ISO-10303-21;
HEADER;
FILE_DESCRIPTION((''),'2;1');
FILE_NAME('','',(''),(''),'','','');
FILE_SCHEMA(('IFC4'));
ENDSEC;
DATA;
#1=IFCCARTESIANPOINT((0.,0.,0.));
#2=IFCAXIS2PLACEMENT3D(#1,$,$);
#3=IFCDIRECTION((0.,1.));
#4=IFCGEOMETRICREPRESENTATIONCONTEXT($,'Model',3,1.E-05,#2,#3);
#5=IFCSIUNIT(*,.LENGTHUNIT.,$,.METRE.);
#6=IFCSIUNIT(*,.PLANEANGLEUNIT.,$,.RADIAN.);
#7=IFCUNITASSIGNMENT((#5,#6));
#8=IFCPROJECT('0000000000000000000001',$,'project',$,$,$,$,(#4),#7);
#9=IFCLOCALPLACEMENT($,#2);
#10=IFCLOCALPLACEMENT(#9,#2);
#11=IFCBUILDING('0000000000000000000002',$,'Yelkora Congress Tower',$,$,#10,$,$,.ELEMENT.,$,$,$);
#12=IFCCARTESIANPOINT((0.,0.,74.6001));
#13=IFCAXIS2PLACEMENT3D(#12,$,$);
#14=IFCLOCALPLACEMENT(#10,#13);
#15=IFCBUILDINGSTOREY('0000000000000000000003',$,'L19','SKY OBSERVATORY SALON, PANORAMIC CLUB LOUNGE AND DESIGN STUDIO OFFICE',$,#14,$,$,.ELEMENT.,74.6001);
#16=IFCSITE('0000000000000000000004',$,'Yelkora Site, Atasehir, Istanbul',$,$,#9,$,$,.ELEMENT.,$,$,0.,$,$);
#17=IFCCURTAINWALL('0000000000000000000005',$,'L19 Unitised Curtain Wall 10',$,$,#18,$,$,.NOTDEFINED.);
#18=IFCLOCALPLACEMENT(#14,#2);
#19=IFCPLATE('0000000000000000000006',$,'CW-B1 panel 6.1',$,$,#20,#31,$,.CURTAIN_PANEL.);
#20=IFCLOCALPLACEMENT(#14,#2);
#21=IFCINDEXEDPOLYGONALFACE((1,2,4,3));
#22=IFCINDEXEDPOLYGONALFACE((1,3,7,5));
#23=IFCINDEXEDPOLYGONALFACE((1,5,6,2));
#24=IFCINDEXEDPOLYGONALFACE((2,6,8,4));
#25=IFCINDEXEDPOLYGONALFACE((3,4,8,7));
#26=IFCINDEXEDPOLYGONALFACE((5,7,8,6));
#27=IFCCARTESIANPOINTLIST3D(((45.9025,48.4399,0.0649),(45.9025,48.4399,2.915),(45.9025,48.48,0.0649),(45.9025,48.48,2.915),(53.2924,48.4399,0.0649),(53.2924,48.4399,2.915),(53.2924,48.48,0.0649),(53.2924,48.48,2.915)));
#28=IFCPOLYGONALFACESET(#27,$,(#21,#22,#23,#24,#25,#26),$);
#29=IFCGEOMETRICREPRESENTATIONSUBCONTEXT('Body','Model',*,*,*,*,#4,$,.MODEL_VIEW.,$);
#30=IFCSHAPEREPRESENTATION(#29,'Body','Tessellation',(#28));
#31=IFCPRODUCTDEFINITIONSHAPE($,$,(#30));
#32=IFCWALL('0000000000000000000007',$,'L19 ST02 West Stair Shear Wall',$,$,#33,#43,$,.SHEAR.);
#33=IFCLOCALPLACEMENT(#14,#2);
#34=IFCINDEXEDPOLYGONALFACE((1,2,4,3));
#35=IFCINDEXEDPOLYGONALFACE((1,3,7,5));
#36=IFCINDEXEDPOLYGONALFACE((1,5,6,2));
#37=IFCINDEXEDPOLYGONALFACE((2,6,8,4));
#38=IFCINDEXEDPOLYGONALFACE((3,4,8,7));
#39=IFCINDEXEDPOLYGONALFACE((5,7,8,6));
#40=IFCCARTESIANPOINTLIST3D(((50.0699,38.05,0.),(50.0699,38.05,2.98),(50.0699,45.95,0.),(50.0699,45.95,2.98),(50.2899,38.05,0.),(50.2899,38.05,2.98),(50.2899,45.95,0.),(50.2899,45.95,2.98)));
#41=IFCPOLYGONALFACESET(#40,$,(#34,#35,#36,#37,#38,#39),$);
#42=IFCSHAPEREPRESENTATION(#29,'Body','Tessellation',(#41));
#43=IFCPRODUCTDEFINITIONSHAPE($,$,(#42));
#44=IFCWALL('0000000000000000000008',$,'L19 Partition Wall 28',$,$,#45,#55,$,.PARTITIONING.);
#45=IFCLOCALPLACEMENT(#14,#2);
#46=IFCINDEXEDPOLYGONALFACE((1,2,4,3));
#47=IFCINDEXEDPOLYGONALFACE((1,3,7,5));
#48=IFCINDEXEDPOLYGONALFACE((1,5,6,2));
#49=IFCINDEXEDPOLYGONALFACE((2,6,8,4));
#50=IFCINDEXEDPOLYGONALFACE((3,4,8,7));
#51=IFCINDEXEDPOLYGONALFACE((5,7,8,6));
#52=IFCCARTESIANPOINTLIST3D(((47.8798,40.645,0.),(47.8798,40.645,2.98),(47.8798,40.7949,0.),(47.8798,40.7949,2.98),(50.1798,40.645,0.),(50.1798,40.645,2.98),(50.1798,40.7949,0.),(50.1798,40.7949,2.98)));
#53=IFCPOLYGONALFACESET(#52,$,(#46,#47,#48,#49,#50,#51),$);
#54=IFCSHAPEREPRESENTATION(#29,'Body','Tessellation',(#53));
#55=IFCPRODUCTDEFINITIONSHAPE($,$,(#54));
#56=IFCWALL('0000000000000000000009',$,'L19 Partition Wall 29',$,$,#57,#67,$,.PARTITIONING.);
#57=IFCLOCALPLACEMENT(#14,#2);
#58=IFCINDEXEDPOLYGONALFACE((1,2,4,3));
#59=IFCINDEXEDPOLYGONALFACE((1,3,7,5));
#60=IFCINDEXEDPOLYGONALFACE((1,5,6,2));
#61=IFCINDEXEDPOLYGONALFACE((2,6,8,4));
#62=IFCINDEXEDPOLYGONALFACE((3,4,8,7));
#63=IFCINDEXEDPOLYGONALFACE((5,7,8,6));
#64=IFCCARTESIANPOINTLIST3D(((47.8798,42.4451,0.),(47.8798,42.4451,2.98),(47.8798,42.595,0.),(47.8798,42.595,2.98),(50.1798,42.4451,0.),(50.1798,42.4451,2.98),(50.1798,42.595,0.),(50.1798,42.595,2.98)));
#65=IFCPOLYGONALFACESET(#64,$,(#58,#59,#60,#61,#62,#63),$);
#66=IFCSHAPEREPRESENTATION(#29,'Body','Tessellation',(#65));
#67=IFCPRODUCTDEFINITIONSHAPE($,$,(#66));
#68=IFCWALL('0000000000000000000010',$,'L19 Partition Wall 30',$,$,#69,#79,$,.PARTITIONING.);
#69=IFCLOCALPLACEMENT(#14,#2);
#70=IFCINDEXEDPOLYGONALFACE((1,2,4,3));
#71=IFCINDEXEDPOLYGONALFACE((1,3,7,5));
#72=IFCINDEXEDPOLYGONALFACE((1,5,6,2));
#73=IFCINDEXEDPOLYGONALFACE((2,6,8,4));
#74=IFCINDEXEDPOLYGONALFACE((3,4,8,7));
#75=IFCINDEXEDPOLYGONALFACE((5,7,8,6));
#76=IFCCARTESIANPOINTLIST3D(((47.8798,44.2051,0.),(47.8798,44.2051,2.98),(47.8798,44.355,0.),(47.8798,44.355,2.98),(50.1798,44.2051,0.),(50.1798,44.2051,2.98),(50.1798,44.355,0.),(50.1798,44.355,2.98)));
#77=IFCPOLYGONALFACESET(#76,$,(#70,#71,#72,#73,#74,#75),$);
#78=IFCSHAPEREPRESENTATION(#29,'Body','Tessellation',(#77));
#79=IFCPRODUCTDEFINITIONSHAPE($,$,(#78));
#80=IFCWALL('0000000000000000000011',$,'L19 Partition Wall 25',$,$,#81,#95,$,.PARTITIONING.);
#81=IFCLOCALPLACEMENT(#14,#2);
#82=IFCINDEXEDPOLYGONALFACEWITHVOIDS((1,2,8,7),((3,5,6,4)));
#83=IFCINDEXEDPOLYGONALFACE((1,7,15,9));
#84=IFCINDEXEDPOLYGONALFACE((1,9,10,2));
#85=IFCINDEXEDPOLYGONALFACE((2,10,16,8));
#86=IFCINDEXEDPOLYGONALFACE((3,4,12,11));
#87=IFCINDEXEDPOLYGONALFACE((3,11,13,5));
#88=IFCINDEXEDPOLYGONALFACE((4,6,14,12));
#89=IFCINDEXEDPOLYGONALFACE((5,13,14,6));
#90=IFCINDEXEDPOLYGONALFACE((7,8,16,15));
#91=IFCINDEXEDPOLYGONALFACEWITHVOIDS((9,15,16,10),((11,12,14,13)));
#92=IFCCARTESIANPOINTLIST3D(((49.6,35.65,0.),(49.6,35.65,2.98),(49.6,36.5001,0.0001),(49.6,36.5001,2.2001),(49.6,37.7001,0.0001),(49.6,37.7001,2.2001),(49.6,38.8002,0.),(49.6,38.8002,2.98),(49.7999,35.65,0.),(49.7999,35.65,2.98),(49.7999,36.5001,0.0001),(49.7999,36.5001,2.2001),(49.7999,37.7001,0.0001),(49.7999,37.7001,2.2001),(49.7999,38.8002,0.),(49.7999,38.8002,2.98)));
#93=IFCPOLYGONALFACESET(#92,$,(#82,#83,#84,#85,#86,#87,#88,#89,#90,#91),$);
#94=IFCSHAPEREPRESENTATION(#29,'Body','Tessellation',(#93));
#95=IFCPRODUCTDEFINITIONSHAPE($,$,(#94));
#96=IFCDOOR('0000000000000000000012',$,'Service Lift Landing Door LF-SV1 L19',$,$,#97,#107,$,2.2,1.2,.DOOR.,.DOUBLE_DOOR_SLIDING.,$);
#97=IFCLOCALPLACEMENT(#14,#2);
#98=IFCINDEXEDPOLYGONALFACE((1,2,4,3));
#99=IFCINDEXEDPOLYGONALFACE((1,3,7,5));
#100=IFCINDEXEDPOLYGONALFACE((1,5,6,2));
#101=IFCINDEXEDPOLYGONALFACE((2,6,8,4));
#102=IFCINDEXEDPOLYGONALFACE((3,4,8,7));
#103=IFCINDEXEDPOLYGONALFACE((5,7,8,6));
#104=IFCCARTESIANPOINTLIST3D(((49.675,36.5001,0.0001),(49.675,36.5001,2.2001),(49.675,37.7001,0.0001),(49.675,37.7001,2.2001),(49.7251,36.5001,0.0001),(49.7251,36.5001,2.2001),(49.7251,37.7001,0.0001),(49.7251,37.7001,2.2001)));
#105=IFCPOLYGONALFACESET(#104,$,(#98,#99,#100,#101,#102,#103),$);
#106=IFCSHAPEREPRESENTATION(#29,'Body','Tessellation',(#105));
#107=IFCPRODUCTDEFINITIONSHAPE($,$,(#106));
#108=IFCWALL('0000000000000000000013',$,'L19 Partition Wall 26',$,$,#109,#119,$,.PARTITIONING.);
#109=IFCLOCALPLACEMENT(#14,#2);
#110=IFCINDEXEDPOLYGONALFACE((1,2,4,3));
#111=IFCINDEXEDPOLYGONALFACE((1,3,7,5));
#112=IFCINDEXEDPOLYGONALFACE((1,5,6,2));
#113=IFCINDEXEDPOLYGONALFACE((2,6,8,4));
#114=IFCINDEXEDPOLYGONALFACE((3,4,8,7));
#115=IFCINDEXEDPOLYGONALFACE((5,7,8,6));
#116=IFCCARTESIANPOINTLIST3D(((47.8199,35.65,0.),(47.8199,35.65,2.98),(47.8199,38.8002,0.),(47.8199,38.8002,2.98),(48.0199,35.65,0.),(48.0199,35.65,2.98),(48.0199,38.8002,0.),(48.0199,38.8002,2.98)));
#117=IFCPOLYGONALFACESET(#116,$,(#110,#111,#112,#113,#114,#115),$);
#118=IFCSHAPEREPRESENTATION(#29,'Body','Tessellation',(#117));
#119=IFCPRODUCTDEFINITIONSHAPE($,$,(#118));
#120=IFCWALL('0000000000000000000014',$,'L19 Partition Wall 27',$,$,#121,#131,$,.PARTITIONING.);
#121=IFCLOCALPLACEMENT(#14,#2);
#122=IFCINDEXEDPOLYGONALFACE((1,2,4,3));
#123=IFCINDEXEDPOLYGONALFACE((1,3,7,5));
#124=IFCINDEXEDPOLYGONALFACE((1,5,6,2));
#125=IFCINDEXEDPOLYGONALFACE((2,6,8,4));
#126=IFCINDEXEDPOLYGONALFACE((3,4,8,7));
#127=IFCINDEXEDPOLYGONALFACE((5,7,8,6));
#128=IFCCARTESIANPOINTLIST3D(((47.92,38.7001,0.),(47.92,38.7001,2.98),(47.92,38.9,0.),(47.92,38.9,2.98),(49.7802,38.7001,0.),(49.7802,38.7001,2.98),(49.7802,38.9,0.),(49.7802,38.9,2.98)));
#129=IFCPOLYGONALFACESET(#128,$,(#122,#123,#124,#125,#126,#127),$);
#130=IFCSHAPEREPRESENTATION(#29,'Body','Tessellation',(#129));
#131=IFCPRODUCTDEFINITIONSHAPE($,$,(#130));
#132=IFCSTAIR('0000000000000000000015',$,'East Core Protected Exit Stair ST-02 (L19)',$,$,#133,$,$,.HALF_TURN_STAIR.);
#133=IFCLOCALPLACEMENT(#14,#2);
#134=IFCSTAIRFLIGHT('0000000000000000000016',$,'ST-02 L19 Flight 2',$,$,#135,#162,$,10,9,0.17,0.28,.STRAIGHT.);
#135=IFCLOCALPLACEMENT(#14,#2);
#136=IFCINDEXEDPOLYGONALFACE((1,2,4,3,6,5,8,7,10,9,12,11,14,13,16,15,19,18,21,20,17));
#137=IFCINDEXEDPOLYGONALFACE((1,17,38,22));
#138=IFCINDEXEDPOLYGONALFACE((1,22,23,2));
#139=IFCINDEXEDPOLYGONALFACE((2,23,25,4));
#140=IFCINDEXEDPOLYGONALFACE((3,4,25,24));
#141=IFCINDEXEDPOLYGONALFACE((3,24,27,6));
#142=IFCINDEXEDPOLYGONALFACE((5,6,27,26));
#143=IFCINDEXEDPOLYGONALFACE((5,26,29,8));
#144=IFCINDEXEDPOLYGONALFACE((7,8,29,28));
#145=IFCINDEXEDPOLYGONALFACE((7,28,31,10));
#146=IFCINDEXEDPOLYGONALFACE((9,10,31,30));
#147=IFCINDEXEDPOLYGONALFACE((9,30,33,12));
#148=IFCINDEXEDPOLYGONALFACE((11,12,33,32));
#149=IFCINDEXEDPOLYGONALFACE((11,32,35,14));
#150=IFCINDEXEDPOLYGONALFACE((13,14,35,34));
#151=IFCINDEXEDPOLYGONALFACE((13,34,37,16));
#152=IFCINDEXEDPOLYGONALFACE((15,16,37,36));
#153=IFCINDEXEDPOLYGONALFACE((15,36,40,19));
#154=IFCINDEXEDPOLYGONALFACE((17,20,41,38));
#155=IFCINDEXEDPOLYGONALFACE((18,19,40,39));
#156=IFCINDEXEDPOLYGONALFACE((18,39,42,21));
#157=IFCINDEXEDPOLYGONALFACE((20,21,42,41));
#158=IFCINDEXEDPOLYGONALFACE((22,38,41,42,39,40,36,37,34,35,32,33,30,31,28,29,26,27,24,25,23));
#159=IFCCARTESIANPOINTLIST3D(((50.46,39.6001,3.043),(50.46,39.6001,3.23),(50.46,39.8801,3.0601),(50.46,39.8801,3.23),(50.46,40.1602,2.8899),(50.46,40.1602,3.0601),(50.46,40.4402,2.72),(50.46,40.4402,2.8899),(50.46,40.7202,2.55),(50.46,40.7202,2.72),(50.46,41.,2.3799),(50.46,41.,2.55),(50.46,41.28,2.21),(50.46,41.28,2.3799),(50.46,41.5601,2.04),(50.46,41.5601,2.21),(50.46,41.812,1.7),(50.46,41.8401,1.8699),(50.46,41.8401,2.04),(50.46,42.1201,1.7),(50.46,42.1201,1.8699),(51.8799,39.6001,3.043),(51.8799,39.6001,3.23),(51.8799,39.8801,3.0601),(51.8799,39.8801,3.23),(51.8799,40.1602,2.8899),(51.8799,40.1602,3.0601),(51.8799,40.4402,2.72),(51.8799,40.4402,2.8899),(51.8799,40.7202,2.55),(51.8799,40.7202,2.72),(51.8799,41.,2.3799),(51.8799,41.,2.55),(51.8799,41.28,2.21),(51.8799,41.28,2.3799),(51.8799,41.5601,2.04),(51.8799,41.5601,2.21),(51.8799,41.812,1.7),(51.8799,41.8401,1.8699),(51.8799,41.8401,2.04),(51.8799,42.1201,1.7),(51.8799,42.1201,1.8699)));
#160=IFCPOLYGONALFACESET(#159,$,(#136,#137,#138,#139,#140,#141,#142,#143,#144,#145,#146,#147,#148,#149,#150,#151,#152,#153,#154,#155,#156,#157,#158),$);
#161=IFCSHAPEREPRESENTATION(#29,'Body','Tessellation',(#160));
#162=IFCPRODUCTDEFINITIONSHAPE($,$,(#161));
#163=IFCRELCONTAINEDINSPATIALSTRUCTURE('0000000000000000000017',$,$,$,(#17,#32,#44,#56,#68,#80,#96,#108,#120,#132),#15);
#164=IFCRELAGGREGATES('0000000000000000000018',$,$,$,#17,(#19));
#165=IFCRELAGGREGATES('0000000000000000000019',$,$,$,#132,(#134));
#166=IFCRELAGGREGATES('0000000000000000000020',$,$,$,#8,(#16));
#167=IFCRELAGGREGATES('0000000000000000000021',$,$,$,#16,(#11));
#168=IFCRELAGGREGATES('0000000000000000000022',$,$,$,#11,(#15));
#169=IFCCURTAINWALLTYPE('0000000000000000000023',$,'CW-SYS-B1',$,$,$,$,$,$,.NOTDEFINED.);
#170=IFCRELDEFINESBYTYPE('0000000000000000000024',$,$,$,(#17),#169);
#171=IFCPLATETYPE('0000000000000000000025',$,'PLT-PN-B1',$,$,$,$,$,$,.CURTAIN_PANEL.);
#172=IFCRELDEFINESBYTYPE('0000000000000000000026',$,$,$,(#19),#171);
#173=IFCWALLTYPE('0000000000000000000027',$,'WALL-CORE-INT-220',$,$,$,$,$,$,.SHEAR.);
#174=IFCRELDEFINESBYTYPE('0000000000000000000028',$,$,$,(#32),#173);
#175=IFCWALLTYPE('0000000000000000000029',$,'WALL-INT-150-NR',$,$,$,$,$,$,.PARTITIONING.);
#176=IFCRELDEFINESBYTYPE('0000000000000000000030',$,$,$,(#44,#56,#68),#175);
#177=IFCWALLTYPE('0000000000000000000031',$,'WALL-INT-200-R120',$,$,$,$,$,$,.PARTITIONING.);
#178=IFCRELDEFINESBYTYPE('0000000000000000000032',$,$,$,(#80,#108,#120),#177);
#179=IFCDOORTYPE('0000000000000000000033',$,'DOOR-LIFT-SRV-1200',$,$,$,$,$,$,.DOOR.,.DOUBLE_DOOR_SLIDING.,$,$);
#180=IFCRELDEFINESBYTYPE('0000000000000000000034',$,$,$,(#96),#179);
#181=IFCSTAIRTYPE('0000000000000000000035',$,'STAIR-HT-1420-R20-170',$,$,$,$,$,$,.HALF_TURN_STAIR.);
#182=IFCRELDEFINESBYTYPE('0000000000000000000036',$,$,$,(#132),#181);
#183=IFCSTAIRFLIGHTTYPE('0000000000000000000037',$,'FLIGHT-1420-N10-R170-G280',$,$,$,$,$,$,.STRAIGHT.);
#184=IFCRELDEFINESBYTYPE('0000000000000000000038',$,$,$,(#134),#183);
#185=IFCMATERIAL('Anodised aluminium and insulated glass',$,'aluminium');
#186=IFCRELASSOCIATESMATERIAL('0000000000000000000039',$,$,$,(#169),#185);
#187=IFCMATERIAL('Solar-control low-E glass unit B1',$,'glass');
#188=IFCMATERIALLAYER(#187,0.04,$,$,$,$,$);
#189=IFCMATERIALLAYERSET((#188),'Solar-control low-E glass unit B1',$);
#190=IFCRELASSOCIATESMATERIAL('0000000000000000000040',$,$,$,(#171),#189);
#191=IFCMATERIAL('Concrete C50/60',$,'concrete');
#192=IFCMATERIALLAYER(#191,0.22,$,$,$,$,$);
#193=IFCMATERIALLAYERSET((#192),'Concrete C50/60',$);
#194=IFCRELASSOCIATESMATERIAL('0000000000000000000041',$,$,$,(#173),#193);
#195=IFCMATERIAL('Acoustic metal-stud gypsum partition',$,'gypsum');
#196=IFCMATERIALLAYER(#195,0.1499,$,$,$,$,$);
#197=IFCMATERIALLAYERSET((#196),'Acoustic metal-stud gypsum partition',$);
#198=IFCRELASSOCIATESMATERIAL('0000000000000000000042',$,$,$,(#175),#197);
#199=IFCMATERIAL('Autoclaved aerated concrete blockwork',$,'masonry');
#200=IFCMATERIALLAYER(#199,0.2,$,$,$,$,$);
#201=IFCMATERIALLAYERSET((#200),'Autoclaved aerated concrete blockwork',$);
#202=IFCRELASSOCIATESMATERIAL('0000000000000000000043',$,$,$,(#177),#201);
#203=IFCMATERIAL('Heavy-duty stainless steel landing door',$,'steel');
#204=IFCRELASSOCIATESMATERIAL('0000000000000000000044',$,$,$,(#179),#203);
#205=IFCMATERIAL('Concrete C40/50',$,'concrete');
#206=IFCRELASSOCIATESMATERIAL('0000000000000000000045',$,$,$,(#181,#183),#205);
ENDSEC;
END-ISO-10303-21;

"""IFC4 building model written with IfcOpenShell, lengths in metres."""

from ifc_helpers import new_model, si_unit, direction, frame, frame_2d, origin, origin_2d, place, context, subcontext, project, spatial, polyline, rectangle, outline, extrude, material, layer, layer_set, type_object, element, fill, aggregate, save


model = new_model("IFC4")

# Units and contexts
model_context = context("Model", 3, precision=1e-05, world=origin(), true_north=direction((0.0, 1.0)))
body_context = subcontext(model_context, "Body", "Model", "MODEL_VIEW")
ifc_project = project(units=[si_unit("LENGTHUNIT", "METRE"), si_unit("PLANEANGLEUNIT", "RADIAN")], contexts=[model_context])

# Site, building, storey
site_placement = place(None, origin())
site = spatial("IfcSite", under=ifc_project, at=site_placement, Name="Yelkora Site, Atasehir, Istanbul", CompositionType="ELEMENT", RefElevation=0.0)
building_placement = place(site_placement, origin())
building = spatial("IfcBuilding", under=site, at=building_placement, Name="Yelkora Congress Tower", CompositionType="ELEMENT")
storey_placement = place(building_placement, frame((0.0, 0.0, 74.6001)))
storey = spatial("IfcBuildingStorey", under=building, at=storey_placement, Name="L19", Description="SKY OBSERVATORY SALON, PANORAMIC CLUB LOUNGE AND DESIGN STUDIO OFFICE", CompositionType="ELEMENT", Elevation=74.6001)

# Curtain wall, plate
ifc_material_1 = material(Name="Anodised aluminium and insulated glass", Category="aluminium")
curtain_wall_type = type_object("IfcCurtainWallType", Name="CW-SYS-B1", PredefinedType="NOTDEFINED", material=ifc_material_1)
curtain_wall_placement = place(storey_placement, origin())
curtain_wall = element("IfcCurtainWall", 1, at=curtain_wall_placement, inside=storey, type_object=curtain_wall_type, Name="L19 Unitised Curtain Wall 10", PredefinedType="NOTDEFINED")
ifc_material_2 = material(Name="Solar-control low-E glass unit B1", Category="glass")
ifc_layer_1 = layer(ifc_material_2, 0.04)
ifc_layer_set_1 = layer_set([ifc_layer_1], Name="Solar-control low-E glass unit B1")
plate_type = type_object("IfcPlateType", Name="PLT-PN-B1", PredefinedType="CURTAIN_PANEL", material=ifc_layer_set_1)
plate_placement = place(storey_placement, frame((49.5974, 48.46, 0.0649), z_axis=(0.0, 0.0, 1.0), x_axis=(1.0, 0.0, 0.0)))
plate = element("IfcPlate", 2, at=plate_placement, type_object=plate_type, Name="CW-B1 panel 6.1", PredefinedType="CURTAIN_PANEL", context=body_context, shape_type="SweptSolid", body=[
    extrude(rectangle(XDim=7.3899, YDim=0.04, at=origin_2d()), origin(), (0.0, 0.0, 1.0), 2.8501),
])
aggregate(curtain_wall, [plate])

# Walls
ifc_material_3 = material(Name="Concrete C50/60", Category="concrete")
ifc_layer_2 = layer(ifc_material_3, 0.22)
ifc_layer_set_2 = layer_set([ifc_layer_2], Name="Concrete C50/60")
wall_type_1 = type_object("IfcWallType", Name="WALL-CORE-INT-220", PredefinedType="SHEAR", material=ifc_layer_set_2)
wall_1_placement = place(storey_placement, frame((50.1799, 38.05, 0.0), z_axis=(0.0, 0.0, 1.0), x_axis=(0.0, 1.0, 0.0)))
element("IfcWall", 3, at=wall_1_placement, inside=storey, type_object=wall_type_1, Name="L19 ST02 West Stair Shear Wall", PredefinedType="SHEAR", context=body_context, shape_type="SweptSolid", body=[
    extrude(rectangle(XDim=7.8999, YDim=0.22, at=frame_2d((3.95, 0.0))), origin(), (0.0, 0.0, 1.0), 2.98),
])
ifc_material_4 = material(Name="Acoustic metal-stud gypsum partition", Category="gypsum")
ifc_layer_3 = layer(ifc_material_4, 0.1499)
ifc_layer_set_3 = layer_set([ifc_layer_3], Name="Acoustic metal-stud gypsum partition")
wall_type_2 = type_object("IfcWallType", Name="WALL-INT-150-NR", PredefinedType="PARTITIONING", material=ifc_layer_set_3)
for number, where, z_axis, x_axis, name in (
    (4, (47.8799, 40.72, 0.0), (0.0, 0.0, 1.0), (1.0, 0.0, 0.0), "L19 Partition Wall 28"),
    (5, (47.8799, 42.52, 0.0), (0.0, 0.0, 1.0), (1.0, 0.0, 0.0), "L19 Partition Wall 29"),
    (6, (47.8799, 44.28, 0.0), (0.0, 0.0, 1.0), (1.0, 0.0, 0.0), "L19 Partition Wall 30"),
):
    element("IfcWall", number, at=place(storey_placement, frame(where, z_axis=z_axis, x_axis=x_axis)), inside=storey, type_object=wall_type_2, Name=name, PredefinedType="PARTITIONING", context=body_context, shape_type="SweptSolid", body=[
        extrude(rectangle(XDim=2.3, YDim=0.1499, at=frame_2d((1.1499, 0.0))), origin(), (0.0, 0.0, 1.0), 2.98),
    ])

# Wall, opening, door
ifc_material_5 = material(Name="Autoclaved aerated concrete blockwork", Category="masonry")
ifc_layer_4 = layer(ifc_material_5, 0.2)
ifc_layer_set_4 = layer_set([ifc_layer_4], Name="Autoclaved aerated concrete blockwork")
wall_type_3 = type_object("IfcWallType", Name="WALL-INT-200-R120", PredefinedType="PARTITIONING", material=ifc_layer_set_4)
wall_2_placement = place(storey_placement, frame((49.7, 35.6499, 0.0), z_axis=(0.0, 0.0, 1.0), x_axis=(0.0, 1.0, 0.0)))
wall_2 = element("IfcWall", 7, at=wall_2_placement, inside=storey, type_object=wall_type_3, Name="L19 Partition Wall 25", PredefinedType="PARTITIONING", context=body_context, shape_type="SweptSolid", body=[
    extrude(rectangle(XDim=3.1501, YDim=0.2, at=frame_2d((1.5752, 0.0))), origin(), (0.0, 0.0, 1.0), 2.98),
])
opening_1_placement = place(wall_2_placement, frame((0.8501, 0.0, 0.0)))
opening_1 = element("IfcOpeningElement", 8, at=opening_1_placement, cuts=wall_2, PredefinedType="OPENING", context=body_context, shape_type="SweptSolid", body=[
    extrude(rectangle(XDim=1.2, YDim=2.2, at=frame_2d((0.6001, 1.1001))), frame((0.0, 0.1099, 0.0), z_axis=(0.0, -1.0, 0.0), x_axis=(1.0, 0.0, 0.0)), (0.0, 0.0, 1.0), 0.22),
])
ifc_material_6 = material(Name="Heavy-duty stainless steel landing door", Category="steel")
door_type_1 = type_object("IfcDoorType", Name="DOOR-LIFT-SRV-1200", OperationType="DOUBLE_DOOR_SLIDING", PredefinedType="DOOR", material=ifc_material_6)
door_1_placement = place(opening_1_placement, origin())
door_1 = element("IfcDoor", 9, at=door_1_placement, inside=storey, type_object=door_type_1, Name="Service Lift Landing Door LF-SV1 L19", OperationType="DOUBLE_DOOR_SLIDING", OverallHeight=2.2, OverallWidth=1.2, PredefinedType="DOOR", context=body_context, shape_type="SweptSolid", body=[
    extrude(rectangle(XDim=1.2, YDim=2.2, at=frame_2d((0.6001, 1.1001))), frame((0.0, 0.0249, 0.0), z_axis=(0.0, -1.0, 0.0), x_axis=(1.0, 0.0, 0.0)), (0.0, 0.0, 1.0), 0.05),
])
fill(opening_1, door_1)

# Walls
wall_3_placement = place(storey_placement, frame((47.9199, 35.6499, 0.0), z_axis=(0.0, 0.0, 1.0), x_axis=(0.0, 1.0, 0.0)))
element("IfcWall", 10, at=wall_3_placement, inside=storey, type_object=wall_type_3, Name="L19 Partition Wall 26", PredefinedType="PARTITIONING", context=body_context, shape_type="SweptSolid", body=[
    extrude(rectangle(XDim=3.1501, YDim=0.2, at=frame_2d((1.5752, 0.0))), origin(), (0.0, 0.0, 1.0), 2.98),
])
wall_4_placement = place(storey_placement, frame((47.9199, 38.8, 0.0), z_axis=(0.0, 0.0, 1.0), x_axis=(1.0, 0.0, 0.0)))
element("IfcWall", 11, at=wall_4_placement, inside=storey, type_object=wall_type_3, Name="L19 Partition Wall 27", PredefinedType="PARTITIONING", context=body_context, shape_type="SweptSolid", body=[
    extrude(rectangle(XDim=1.8601, YDim=0.2, at=frame_2d((0.9302, 0.0))), origin(), (0.0, 0.0, 1.0), 2.98),
])

# Stair, stair flight
ifc_material_7 = material(Name="Concrete C40/50", Category="concrete")
stair_type = type_object("IfcStairType", Name="STAIR-HT-1420-R20-170", PredefinedType="HALF_TURN_STAIR", material=ifc_material_7)
stair_placement = place(storey_placement, origin())
stair = element("IfcStair", 12, at=stair_placement, inside=storey, type_object=stair_type, Name="East Core Protected Exit Stair ST-02 (L19)", PredefinedType="HALF_TURN_STAIR")
stair_flight_type = type_object("IfcStairFlightType", Name="FLIGHT-1420-N10-R170-G280", PredefinedType="STRAIGHT", material=ifc_material_7)
stair_flight_placement = place(storey_placement, frame((51.1699, 42.1201, 1.7), z_axis=(0.0, 0.0, 1.0), x_axis=(0.0, -1.0, 0.0)))
stair_flight = element("IfcStairFlight", 13, at=stair_flight_placement, type_object=stair_flight_type, Name="ST-02 L19 Flight 2", NumberOfRisers=10, NumberOfTreads=9, PredefinedType="STRAIGHT", RiserHeight=0.17, TreadLength=0.28, context=body_context, shape_type="SweptSolid", body=[
    extrude(outline(polyline([(0.0, 0.0), (0.0, 0.1699), (0.28, 0.1699), (0.28, 0.3401), (0.5601, 0.3401), (0.5601, 0.51), (0.8401, 0.51), (0.8401, 0.6799), (1.1201, 0.6799), (1.1201, 0.8501), (1.3999, 0.8501), (1.3999, 1.02), (1.6799, 1.02), (1.6799, 1.1899), (1.96, 1.1899), (1.96, 1.3601), (2.24, 1.3601), (2.24, 1.53), (2.52, 1.53), (2.52, 1.7), (2.52, 1.343), (0.3081, 0.0), (0.0, 0.0)])), frame((0.0, 0.71, 0.0), z_axis=(0.0, -1.0, 0.0), x_axis=(1.0, 0.0, 0.0)), (0.0, 0.0, 1.0), 1.4199),
])
aggregate(stair, [stair_flight])

save(model, "model.ifc")
